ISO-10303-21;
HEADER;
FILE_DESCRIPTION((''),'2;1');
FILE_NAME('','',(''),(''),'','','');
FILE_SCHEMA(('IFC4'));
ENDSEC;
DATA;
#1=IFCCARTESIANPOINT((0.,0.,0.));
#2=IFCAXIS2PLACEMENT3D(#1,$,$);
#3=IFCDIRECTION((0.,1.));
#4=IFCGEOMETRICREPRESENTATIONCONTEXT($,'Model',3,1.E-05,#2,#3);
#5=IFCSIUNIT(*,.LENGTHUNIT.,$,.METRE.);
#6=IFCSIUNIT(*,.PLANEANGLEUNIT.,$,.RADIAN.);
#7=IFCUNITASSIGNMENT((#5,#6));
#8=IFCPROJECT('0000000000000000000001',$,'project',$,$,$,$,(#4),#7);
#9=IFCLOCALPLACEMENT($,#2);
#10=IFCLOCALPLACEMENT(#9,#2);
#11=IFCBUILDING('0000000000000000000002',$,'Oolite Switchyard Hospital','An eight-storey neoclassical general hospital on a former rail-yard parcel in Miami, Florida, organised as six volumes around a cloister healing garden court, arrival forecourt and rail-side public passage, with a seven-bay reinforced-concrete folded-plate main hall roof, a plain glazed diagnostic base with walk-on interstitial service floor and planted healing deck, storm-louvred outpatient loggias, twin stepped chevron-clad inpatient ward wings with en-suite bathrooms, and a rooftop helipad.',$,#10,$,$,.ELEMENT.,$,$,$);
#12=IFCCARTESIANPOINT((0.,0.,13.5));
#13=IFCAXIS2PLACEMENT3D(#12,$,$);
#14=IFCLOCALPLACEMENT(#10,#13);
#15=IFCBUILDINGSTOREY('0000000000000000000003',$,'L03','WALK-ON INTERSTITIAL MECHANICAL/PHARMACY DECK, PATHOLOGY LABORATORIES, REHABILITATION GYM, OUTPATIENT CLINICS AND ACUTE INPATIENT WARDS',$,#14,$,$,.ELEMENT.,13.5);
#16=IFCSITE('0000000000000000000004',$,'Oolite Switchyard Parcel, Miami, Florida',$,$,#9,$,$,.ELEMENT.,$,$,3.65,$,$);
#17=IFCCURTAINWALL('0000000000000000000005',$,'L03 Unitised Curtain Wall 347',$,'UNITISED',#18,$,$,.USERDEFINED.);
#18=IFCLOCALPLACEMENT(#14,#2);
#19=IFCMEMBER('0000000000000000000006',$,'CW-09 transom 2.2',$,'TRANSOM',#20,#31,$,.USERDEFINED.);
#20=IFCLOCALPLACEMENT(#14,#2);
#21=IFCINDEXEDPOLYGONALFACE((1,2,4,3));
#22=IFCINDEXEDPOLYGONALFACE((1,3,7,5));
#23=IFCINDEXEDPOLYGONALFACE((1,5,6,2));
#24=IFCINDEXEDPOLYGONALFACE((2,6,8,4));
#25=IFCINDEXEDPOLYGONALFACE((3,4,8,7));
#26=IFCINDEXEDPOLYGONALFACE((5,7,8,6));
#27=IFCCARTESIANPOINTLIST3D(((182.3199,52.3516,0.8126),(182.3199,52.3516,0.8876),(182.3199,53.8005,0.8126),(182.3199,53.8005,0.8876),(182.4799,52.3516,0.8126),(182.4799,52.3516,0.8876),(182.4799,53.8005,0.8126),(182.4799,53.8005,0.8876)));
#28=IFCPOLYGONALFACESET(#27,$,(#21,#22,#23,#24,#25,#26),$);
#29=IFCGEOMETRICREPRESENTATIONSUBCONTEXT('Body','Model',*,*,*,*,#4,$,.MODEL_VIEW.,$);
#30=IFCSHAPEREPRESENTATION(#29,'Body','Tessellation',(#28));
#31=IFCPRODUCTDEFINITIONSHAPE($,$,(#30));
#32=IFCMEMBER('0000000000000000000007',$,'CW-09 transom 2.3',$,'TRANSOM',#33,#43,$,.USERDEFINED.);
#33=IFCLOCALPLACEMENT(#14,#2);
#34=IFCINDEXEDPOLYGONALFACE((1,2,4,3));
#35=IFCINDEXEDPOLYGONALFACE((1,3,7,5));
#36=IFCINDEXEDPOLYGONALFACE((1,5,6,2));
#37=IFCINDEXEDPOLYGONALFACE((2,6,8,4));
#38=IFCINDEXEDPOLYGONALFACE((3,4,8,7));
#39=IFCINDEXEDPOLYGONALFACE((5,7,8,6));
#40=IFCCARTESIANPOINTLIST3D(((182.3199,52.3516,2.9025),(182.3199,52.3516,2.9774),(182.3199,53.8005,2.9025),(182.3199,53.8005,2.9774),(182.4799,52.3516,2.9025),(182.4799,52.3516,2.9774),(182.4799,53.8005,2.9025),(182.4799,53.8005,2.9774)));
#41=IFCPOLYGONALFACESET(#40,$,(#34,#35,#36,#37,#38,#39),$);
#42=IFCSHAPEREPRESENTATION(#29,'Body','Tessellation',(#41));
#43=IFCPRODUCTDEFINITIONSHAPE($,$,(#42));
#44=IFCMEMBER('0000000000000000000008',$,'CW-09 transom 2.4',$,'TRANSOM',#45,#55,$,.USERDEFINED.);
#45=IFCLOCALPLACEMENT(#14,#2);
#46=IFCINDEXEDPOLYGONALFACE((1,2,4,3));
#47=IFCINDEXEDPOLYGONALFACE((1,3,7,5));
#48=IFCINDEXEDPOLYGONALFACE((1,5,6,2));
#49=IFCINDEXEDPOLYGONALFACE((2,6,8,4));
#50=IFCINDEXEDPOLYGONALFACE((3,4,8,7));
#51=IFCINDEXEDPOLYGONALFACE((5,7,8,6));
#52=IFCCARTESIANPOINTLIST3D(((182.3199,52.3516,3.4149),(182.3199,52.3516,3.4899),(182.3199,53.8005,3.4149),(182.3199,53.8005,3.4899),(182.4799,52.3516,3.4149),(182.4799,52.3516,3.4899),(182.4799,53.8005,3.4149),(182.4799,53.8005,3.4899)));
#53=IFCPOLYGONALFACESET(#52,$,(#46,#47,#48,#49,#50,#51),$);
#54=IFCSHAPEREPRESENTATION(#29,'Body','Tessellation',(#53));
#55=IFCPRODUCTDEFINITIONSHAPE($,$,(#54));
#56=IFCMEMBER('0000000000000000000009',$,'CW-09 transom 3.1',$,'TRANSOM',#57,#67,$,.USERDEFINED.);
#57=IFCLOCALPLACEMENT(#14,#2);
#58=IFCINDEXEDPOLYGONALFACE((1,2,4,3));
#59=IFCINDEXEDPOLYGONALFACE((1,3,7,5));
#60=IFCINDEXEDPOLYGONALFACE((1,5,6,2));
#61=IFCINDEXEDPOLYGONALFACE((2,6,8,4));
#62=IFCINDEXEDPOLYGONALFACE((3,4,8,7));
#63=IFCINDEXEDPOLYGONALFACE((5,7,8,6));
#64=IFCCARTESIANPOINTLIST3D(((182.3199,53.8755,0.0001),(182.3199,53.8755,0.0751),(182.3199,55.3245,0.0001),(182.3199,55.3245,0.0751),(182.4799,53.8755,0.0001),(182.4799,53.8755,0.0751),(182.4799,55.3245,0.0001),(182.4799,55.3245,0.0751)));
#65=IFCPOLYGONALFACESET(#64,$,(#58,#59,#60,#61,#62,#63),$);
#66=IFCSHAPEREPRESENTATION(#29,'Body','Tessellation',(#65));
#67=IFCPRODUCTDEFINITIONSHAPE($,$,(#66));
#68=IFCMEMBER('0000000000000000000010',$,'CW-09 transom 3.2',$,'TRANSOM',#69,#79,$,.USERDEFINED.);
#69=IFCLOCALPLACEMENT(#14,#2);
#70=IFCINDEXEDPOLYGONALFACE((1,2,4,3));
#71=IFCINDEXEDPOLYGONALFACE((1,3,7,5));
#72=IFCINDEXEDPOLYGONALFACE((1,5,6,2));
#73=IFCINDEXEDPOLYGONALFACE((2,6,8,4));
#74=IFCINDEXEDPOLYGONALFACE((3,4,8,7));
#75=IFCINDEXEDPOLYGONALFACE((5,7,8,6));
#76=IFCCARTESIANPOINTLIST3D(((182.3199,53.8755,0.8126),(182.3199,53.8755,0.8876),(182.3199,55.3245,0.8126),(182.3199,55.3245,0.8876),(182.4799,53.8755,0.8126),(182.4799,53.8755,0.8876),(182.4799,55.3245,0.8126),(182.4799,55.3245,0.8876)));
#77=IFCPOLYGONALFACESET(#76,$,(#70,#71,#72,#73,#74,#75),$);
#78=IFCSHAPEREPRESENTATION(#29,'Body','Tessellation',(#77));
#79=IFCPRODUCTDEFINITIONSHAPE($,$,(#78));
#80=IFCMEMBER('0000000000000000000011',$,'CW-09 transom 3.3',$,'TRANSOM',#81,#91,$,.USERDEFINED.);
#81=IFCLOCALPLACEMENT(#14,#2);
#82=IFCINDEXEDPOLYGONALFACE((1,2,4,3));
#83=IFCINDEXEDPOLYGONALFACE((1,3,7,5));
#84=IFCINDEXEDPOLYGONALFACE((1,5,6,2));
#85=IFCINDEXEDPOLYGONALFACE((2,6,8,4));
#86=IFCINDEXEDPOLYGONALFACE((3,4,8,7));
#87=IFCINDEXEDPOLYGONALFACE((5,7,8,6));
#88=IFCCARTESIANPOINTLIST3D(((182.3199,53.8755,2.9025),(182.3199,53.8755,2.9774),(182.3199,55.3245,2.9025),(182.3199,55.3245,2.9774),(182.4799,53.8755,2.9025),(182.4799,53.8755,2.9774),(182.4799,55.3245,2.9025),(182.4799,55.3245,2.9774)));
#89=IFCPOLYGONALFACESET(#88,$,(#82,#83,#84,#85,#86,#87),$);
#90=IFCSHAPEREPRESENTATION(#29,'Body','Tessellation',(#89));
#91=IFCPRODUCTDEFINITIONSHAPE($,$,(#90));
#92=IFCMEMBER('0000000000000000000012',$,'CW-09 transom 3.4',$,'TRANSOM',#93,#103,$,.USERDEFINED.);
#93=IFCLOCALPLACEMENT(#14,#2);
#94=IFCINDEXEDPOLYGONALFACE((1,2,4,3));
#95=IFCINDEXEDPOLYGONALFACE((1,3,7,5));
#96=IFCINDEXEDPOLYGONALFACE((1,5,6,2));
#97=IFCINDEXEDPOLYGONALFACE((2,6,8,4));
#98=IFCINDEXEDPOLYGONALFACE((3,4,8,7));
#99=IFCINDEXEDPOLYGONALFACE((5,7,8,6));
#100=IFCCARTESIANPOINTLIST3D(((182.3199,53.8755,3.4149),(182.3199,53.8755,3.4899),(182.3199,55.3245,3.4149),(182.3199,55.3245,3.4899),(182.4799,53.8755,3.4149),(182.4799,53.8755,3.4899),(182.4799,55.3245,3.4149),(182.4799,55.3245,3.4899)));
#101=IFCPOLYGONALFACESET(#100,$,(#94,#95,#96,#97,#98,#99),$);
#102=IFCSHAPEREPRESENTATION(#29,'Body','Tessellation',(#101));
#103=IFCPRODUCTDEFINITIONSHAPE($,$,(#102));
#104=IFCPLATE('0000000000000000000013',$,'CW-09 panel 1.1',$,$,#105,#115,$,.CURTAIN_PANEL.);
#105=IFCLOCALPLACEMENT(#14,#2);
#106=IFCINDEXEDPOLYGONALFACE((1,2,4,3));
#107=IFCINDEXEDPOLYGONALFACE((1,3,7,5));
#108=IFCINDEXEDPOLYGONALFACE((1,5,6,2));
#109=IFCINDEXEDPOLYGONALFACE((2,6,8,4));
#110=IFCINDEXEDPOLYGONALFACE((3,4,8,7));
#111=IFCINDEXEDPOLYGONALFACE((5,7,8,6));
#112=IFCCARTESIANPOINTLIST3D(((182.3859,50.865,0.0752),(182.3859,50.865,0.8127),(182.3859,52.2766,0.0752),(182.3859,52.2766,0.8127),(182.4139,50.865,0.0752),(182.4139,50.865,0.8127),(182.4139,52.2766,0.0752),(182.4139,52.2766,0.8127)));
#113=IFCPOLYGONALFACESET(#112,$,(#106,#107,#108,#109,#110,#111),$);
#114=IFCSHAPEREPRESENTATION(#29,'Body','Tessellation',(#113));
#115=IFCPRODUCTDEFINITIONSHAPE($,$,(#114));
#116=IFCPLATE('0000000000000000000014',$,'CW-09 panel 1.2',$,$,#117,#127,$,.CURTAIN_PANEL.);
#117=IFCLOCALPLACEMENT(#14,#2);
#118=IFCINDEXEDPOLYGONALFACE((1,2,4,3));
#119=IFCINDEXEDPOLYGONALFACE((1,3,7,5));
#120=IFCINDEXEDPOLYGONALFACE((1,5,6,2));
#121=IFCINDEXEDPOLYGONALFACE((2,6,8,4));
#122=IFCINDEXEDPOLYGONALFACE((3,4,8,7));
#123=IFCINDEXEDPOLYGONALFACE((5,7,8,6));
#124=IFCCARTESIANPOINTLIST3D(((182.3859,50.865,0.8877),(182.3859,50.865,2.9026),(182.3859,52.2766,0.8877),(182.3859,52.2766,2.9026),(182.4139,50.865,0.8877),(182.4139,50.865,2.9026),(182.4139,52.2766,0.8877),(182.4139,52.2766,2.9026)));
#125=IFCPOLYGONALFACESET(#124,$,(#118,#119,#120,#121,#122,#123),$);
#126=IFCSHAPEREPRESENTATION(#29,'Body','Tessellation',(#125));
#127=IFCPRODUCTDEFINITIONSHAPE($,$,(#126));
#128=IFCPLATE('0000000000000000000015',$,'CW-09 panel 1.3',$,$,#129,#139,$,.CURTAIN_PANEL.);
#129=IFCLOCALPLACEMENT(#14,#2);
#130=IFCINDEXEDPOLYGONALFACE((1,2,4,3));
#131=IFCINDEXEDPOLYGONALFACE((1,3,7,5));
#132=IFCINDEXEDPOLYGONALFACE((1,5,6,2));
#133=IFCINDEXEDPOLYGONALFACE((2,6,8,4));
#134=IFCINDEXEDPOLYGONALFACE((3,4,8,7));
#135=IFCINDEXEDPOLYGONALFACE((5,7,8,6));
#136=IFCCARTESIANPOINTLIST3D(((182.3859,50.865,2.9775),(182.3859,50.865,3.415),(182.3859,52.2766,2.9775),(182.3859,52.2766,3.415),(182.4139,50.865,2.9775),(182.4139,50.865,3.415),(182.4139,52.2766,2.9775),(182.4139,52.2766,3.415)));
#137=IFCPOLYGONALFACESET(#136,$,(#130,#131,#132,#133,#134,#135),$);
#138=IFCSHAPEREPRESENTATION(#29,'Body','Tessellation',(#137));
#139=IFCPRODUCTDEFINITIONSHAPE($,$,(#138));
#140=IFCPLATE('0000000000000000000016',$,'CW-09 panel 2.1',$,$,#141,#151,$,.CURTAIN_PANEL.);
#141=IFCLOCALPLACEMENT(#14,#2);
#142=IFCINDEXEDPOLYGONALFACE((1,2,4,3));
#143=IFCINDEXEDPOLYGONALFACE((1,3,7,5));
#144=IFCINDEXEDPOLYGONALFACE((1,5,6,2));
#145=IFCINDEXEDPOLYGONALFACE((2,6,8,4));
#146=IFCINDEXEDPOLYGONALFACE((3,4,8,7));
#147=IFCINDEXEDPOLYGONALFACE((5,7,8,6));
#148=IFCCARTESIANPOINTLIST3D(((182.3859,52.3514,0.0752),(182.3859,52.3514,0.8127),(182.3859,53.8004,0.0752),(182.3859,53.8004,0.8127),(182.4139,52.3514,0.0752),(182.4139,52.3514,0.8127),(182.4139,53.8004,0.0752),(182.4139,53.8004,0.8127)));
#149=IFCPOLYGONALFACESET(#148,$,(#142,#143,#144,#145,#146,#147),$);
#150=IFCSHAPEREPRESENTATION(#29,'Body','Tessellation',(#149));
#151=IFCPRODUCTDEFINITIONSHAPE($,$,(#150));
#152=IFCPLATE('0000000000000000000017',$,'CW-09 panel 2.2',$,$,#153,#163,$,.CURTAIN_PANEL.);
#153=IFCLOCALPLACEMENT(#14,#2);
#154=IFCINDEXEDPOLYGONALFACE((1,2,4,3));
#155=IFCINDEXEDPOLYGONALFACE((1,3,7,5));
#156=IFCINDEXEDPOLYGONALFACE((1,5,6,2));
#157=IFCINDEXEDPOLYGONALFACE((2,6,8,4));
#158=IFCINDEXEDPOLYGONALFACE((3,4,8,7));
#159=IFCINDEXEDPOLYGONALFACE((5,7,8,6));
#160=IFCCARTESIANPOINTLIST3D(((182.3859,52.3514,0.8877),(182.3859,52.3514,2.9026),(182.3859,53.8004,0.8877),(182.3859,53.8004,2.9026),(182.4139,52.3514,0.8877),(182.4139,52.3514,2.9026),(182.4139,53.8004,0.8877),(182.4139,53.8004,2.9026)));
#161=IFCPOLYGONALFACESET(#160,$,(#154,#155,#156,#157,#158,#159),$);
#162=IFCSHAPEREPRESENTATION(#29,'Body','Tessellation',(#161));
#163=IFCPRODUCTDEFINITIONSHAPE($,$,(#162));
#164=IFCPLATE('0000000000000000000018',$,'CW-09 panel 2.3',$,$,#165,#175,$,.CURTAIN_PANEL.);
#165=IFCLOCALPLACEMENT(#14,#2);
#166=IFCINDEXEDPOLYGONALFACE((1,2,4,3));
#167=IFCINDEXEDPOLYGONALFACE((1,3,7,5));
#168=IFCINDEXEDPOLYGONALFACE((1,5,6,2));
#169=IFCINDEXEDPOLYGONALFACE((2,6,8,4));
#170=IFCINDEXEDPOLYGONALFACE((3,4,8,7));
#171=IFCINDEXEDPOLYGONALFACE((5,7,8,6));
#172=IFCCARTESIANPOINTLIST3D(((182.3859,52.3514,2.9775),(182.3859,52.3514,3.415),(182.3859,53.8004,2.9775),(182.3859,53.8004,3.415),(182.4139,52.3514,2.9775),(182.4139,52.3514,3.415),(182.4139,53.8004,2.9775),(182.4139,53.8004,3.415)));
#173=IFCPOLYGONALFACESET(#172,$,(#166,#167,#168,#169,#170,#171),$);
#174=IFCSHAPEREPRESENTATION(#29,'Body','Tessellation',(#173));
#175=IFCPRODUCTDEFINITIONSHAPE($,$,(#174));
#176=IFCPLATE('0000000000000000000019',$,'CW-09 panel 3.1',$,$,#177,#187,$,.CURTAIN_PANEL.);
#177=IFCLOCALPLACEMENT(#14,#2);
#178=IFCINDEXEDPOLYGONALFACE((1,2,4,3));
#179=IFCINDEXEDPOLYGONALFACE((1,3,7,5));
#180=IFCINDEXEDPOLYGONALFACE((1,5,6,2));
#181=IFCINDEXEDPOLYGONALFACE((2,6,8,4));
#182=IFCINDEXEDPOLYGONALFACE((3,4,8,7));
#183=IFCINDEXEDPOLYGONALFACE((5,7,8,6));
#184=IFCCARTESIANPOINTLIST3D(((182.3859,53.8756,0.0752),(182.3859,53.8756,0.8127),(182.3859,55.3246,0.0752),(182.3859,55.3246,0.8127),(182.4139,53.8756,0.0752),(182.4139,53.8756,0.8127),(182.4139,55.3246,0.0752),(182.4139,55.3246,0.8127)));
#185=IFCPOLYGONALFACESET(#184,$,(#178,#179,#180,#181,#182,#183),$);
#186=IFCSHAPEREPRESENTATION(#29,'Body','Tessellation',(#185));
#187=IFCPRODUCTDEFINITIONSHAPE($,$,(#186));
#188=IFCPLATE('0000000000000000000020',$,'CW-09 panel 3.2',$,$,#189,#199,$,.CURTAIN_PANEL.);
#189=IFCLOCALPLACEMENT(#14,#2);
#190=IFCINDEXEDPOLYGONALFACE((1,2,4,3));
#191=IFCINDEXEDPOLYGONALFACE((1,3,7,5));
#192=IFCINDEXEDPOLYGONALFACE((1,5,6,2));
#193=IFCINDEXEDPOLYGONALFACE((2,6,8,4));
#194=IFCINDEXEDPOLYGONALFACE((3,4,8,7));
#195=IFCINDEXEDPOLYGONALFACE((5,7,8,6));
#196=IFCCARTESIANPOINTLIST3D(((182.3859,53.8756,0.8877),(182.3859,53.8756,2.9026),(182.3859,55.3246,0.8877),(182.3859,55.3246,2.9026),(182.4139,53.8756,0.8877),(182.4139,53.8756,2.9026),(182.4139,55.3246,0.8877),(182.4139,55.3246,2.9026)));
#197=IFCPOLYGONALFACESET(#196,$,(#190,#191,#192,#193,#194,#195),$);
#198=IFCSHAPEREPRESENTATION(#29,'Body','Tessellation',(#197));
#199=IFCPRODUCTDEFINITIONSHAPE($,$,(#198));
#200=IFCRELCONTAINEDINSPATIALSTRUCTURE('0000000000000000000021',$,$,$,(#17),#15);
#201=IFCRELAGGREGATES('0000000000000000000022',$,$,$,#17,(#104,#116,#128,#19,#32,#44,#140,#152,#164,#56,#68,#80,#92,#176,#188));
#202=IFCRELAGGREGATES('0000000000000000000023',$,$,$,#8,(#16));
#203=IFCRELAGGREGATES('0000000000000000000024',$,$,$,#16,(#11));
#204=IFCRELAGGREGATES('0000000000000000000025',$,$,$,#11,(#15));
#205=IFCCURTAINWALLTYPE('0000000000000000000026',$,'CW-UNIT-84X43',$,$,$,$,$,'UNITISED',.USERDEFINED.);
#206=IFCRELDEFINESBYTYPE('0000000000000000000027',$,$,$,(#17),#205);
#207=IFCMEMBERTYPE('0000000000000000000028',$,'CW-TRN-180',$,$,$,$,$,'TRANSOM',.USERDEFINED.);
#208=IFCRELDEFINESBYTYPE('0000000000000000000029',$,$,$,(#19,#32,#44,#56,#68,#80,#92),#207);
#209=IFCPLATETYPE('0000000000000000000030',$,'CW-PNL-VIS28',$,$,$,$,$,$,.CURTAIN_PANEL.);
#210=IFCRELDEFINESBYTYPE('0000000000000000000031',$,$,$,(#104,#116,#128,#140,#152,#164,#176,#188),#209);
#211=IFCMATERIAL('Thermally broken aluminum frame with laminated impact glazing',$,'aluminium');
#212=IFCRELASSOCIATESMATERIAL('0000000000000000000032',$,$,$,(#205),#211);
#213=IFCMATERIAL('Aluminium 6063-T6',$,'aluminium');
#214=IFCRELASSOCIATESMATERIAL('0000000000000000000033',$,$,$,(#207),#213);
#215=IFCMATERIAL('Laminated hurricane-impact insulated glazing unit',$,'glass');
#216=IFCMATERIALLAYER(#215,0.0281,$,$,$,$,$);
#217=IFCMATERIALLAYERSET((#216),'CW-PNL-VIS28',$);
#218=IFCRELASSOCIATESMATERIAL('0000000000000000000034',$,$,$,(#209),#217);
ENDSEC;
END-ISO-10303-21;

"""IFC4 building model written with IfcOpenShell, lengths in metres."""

from ifc_helpers import new_model, si_unit, direction, frame, origin, origin_2d, place, context, subcontext, project, spatial, rectangle, extrude, material, layer, layer_set, material_profile, profile_set, type_object, element, aggregate, save


model = new_model("IFC4")

# Units and contexts
model_context = context("Model", 3, precision=1e-05, world=origin(), true_north=direction((0.0, 1.0)))
body_context = subcontext(model_context, "Body", "Model", "MODEL_VIEW")
ifc_project = project(units=[si_unit("LENGTHUNIT", "METRE"), si_unit("PLANEANGLEUNIT", "RADIAN")], contexts=[model_context])

# Site, building, storey
site_placement = place(None, origin())
site = spatial("IfcSite", under=ifc_project, at=site_placement, Name="Oolite Switchyard Parcel, Miami, Florida", CompositionType="ELEMENT", RefElevation=3.65)
building_placement = place(site_placement, origin())
building = spatial("IfcBuilding", under=site, at=building_placement, Name="Oolite Switchyard Hospital", Description="An eight-storey neoclassical general hospital on a former rail-yard parcel in Miami, Florida, organised as six volumes around a cloister healing garden court, arrival forecourt and rail-side public passage, with a seven-bay reinforced-concrete folded-plate main hall roof, a plain glazed diagnostic base with walk-on interstitial service floor and planted healing deck, storm-louvred outpatient loggias, twin stepped chevron-clad inpatient ward wings with en-suite bathrooms, and a rooftop helipad.", CompositionType="ELEMENT")
storey_placement = place(building_placement, frame((0.0, 0.0, 13.5)))
storey = spatial("IfcBuildingStorey", under=building, at=storey_placement, Name="L03", Description="WALK-ON INTERSTITIAL MECHANICAL/PHARMACY DECK, PATHOLOGY LABORATORIES, REHABILITATION GYM, OUTPATIENT CLINICS AND ACUTE INPATIENT WARDS", CompositionType="ELEMENT", Elevation=13.5)

# Shared definitions
ifc_material_1 = material(Name="Thermally broken aluminum frame with laminated impact glazing", Category="aluminium")
curtain_wall_type = type_object("IfcCurtainWallType", Name="CW-UNIT-84X43", ElementType="UNITISED", PredefinedType="USERDEFINED", material=ifc_material_1)
ifc_material_2 = material(Name="Aluminium 6063-T6", Category="aluminium")

# Curtain wall, members, plates
curtain_wall_1_placement = place(storey_placement, origin())
curtain_wall_1 = element("IfcCurtainWall", 1, at=curtain_wall_1_placement, inside=storey, type_object=curtain_wall_type, Name="L03 Unitised Curtain Wall 347", ObjectType="UNITISED", PredefinedType="USERDEFINED")
ifc_material_profile_1 = material_profile(ifc_material_2, rectangle(XDim=0.1599, YDim=0.075, at=origin_2d()), Name="CWT75X160")
ifc_profile_set_1 = profile_set([ifc_material_profile_1], Name="Aluminium 6063-T6")
member_type_1 = type_object("IfcMemberType", Name="CW-TRN-180", ElementType="TRANSOM", PredefinedType="USERDEFINED", material=ifc_profile_set_1)
member_1_placement = place(storey_placement, frame((182.3999, 52.3516, 0.8501), z_axis=(0.0, 1.0, 0.0), x_axis=(-1.0, 0.0, 0.0)))
member_1 = element("IfcMember", 2, at=member_1_placement, type_object=member_type_1, Name="CW-09 transom 2.2", ObjectType="TRANSOM", PredefinedType="USERDEFINED", context=body_context, shape_type="SweptSolid", body=[
    extrude(rectangle(XDim=0.1599, YDim=0.075, at=origin_2d()), origin(), (0.0, 0.0, 1.0), 1.449),
])
member_2_placement = place(storey_placement, frame((182.3999, 52.3516, 2.9399), z_axis=(0.0, 1.0, 0.0), x_axis=(-1.0, 0.0, 0.0)))
member_2 = element("IfcMember", 3, at=member_2_placement, type_object=member_type_1, Name="CW-09 transom 2.3", ObjectType="TRANSOM", PredefinedType="USERDEFINED", context=body_context, shape_type="SweptSolid", body=[
    extrude(rectangle(XDim=0.1599, YDim=0.075, at=origin_2d()), origin(), (0.0, 0.0, 1.0), 1.449),
])
member_3_placement = place(storey_placement, frame((182.3999, 52.3516, 3.4524), z_axis=(0.0, 1.0, 0.0), x_axis=(-1.0, 0.0, 0.0)))
member_3 = element("IfcMember", 4, at=member_3_placement, type_object=member_type_1, Name="CW-09 transom 2.4", ObjectType="TRANSOM", PredefinedType="USERDEFINED", context=body_context, shape_type="SweptSolid", body=[
    extrude(rectangle(XDim=0.1599, YDim=0.075, at=origin_2d()), origin(), (0.0, 0.0, 1.0), 1.449),
])
member_4_placement = place(storey_placement, frame((182.3999, 53.8755, 0.0376), z_axis=(0.0, 1.0, 0.0), x_axis=(-1.0, 0.0, 0.0)))
member_4 = element("IfcMember", 5, at=member_4_placement, type_object=member_type_1, Name="CW-09 transom 3.1", ObjectType="TRANSOM", PredefinedType="USERDEFINED", context=body_context, shape_type="SweptSolid", body=[
    extrude(rectangle(XDim=0.1599, YDim=0.075, at=origin_2d()), origin(), (0.0, 0.0, 1.0), 1.449),
])
member_5_placement = place(storey_placement, frame((182.3999, 53.8755, 0.8501), z_axis=(0.0, 1.0, 0.0), x_axis=(-1.0, 0.0, 0.0)))
member_5 = element("IfcMember", 6, at=member_5_placement, type_object=member_type_1, Name="CW-09 transom 3.2", ObjectType="TRANSOM", PredefinedType="USERDEFINED", context=body_context, shape_type="SweptSolid", body=[
    extrude(rectangle(XDim=0.1599, YDim=0.075, at=origin_2d()), origin(), (0.0, 0.0, 1.0), 1.449),
])
member_6_placement = place(storey_placement, frame((182.3999, 53.8755, 2.9399), z_axis=(0.0, 1.0, 0.0), x_axis=(-1.0, 0.0, 0.0)))
member_6 = element("IfcMember", 7, at=member_6_placement, type_object=member_type_1, Name="CW-09 transom 3.3", ObjectType="TRANSOM", PredefinedType="USERDEFINED", context=body_context, shape_type="SweptSolid", body=[
    extrude(rectangle(XDim=0.1599, YDim=0.075, at=origin_2d()), origin(), (0.0, 0.0, 1.0), 1.449),
])
member_7_placement = place(storey_placement, frame((182.3999, 53.8755, 3.4524), z_axis=(0.0, 1.0, 0.0), x_axis=(-1.0, 0.0, 0.0)))
member_7 = element("IfcMember", 8, at=member_7_placement, type_object=member_type_1, Name="CW-09 transom 3.4", ObjectType="TRANSOM", PredefinedType="USERDEFINED", context=body_context, shape_type="SweptSolid", body=[
    extrude(rectangle(XDim=0.1599, YDim=0.075, at=origin_2d()), origin(), (0.0, 0.0, 1.0), 1.449),
])
ifc_material_3 = material(Name="Laminated hurricane-impact insulated glazing unit", Category="glass")
ifc_layer = layer(ifc_material_3, 0.0281)
ifc_layer_set = layer_set([ifc_layer], Name="CW-PNL-VIS28")
plate_type = type_object("IfcPlateType", Name="CW-PNL-VIS28", PredefinedType="CURTAIN_PANEL", material=ifc_layer_set)
plate_1_placement = place(storey_placement, frame((182.3999, 51.5708, 0.0752), z_axis=(0.0, 0.0, 1.0), x_axis=(0.0, 1.0, 0.0)))
plate_1 = element("IfcPlate", 9, at=plate_1_placement, type_object=plate_type, Name="CW-09 panel 1.1", PredefinedType="CURTAIN_PANEL", context=body_context, shape_type="SweptSolid", body=[
    extrude(rectangle(XDim=1.4116, YDim=0.0281, at=origin_2d()), origin(), (0.0, 0.0, 1.0), 0.7375),
])
plate_2_placement = place(storey_placement, frame((182.3999, 51.5708, 0.8877), z_axis=(0.0, 0.0, 1.0), x_axis=(0.0, 1.0, 0.0)))
plate_2 = element("IfcPlate", 10, at=plate_2_placement, type_object=plate_type, Name="CW-09 panel 1.2", PredefinedType="CURTAIN_PANEL", context=body_context, shape_type="SweptSolid", body=[
    extrude(rectangle(XDim=1.4116, YDim=0.0281, at=origin_2d()), origin(), (0.0, 0.0, 1.0), 2.0149),
])
plate_3_placement = place(storey_placement, frame((182.3999, 51.5708, 2.9775), z_axis=(0.0, 0.0, 1.0), x_axis=(0.0, 1.0, 0.0)))
plate_3 = element("IfcPlate", 11, at=plate_3_placement, type_object=plate_type, Name="CW-09 panel 1.3", PredefinedType="CURTAIN_PANEL", context=body_context, shape_type="SweptSolid", body=[
    extrude(rectangle(XDim=1.4116, YDim=0.0281, at=origin_2d()), origin(), (0.0, 0.0, 1.0), 0.4375),
])
plate_4_placement = place(storey_placement, frame((182.3999, 53.0759, 0.0752), z_axis=(0.0, 0.0, 1.0), x_axis=(0.0, 1.0, 0.0)))
plate_4 = element("IfcPlate", 12, at=plate_4_placement, type_object=plate_type, Name="CW-09 panel 2.1", PredefinedType="CURTAIN_PANEL", context=body_context, shape_type="SweptSolid", body=[
    extrude(rectangle(XDim=1.449, YDim=0.0281, at=origin_2d()), origin(), (0.0, 0.0, 1.0), 0.7375),
])
plate_5_placement = place(storey_placement, frame((182.3999, 53.0759, 0.8877), z_axis=(0.0, 0.0, 1.0), x_axis=(0.0, 1.0, 0.0)))
plate_5 = element("IfcPlate", 13, at=plate_5_placement, type_object=plate_type, Name="CW-09 panel 2.2", PredefinedType="CURTAIN_PANEL", context=body_context, shape_type="SweptSolid", body=[
    extrude(rectangle(XDim=1.449, YDim=0.0281, at=origin_2d()), origin(), (0.0, 0.0, 1.0), 2.0149),
])
plate_6_placement = place(storey_placement, frame((182.3999, 53.0759, 2.9775), z_axis=(0.0, 0.0, 1.0), x_axis=(0.0, 1.0, 0.0)))
plate_6 = element("IfcPlate", 14, at=plate_6_placement, type_object=plate_type, Name="CW-09 panel 2.3", PredefinedType="CURTAIN_PANEL", context=body_context, shape_type="SweptSolid", body=[
    extrude(rectangle(XDim=1.449, YDim=0.0281, at=origin_2d()), origin(), (0.0, 0.0, 1.0), 0.4375),
])
plate_7_placement = place(storey_placement, frame((182.3999, 54.6001, 0.0752), z_axis=(0.0, 0.0, 1.0), x_axis=(0.0, 1.0, 0.0)))
plate_7 = element("IfcPlate", 15, at=plate_7_placement, type_object=plate_type, Name="CW-09 panel 3.1", PredefinedType="CURTAIN_PANEL", context=body_context, shape_type="SweptSolid", body=[
    extrude(rectangle(XDim=1.449, YDim=0.0281, at=origin_2d()), origin(), (0.0, 0.0, 1.0), 0.7375),
])
plate_8_placement = place(storey_placement, frame((182.3999, 54.6001, 0.8877), z_axis=(0.0, 0.0, 1.0), x_axis=(0.0, 1.0, 0.0)))
plate_8 = element("IfcPlate", 16, at=plate_8_placement, type_object=plate_type, Name="CW-09 panel 3.2", PredefinedType="CURTAIN_PANEL", context=body_context, shape_type="SweptSolid", body=[
    extrude(rectangle(XDim=1.449, YDim=0.0281, at=origin_2d()), origin(), (0.0, 0.0, 1.0), 2.0149),
])
aggregate(curtain_wall_1, [plate_1, plate_2, plate_3, member_1, member_2, member_3, plate_4, plate_5, plate_6, member_4, member_5, member_6, member_7, plate_7, plate_8])

save(model, "model.ifc")
